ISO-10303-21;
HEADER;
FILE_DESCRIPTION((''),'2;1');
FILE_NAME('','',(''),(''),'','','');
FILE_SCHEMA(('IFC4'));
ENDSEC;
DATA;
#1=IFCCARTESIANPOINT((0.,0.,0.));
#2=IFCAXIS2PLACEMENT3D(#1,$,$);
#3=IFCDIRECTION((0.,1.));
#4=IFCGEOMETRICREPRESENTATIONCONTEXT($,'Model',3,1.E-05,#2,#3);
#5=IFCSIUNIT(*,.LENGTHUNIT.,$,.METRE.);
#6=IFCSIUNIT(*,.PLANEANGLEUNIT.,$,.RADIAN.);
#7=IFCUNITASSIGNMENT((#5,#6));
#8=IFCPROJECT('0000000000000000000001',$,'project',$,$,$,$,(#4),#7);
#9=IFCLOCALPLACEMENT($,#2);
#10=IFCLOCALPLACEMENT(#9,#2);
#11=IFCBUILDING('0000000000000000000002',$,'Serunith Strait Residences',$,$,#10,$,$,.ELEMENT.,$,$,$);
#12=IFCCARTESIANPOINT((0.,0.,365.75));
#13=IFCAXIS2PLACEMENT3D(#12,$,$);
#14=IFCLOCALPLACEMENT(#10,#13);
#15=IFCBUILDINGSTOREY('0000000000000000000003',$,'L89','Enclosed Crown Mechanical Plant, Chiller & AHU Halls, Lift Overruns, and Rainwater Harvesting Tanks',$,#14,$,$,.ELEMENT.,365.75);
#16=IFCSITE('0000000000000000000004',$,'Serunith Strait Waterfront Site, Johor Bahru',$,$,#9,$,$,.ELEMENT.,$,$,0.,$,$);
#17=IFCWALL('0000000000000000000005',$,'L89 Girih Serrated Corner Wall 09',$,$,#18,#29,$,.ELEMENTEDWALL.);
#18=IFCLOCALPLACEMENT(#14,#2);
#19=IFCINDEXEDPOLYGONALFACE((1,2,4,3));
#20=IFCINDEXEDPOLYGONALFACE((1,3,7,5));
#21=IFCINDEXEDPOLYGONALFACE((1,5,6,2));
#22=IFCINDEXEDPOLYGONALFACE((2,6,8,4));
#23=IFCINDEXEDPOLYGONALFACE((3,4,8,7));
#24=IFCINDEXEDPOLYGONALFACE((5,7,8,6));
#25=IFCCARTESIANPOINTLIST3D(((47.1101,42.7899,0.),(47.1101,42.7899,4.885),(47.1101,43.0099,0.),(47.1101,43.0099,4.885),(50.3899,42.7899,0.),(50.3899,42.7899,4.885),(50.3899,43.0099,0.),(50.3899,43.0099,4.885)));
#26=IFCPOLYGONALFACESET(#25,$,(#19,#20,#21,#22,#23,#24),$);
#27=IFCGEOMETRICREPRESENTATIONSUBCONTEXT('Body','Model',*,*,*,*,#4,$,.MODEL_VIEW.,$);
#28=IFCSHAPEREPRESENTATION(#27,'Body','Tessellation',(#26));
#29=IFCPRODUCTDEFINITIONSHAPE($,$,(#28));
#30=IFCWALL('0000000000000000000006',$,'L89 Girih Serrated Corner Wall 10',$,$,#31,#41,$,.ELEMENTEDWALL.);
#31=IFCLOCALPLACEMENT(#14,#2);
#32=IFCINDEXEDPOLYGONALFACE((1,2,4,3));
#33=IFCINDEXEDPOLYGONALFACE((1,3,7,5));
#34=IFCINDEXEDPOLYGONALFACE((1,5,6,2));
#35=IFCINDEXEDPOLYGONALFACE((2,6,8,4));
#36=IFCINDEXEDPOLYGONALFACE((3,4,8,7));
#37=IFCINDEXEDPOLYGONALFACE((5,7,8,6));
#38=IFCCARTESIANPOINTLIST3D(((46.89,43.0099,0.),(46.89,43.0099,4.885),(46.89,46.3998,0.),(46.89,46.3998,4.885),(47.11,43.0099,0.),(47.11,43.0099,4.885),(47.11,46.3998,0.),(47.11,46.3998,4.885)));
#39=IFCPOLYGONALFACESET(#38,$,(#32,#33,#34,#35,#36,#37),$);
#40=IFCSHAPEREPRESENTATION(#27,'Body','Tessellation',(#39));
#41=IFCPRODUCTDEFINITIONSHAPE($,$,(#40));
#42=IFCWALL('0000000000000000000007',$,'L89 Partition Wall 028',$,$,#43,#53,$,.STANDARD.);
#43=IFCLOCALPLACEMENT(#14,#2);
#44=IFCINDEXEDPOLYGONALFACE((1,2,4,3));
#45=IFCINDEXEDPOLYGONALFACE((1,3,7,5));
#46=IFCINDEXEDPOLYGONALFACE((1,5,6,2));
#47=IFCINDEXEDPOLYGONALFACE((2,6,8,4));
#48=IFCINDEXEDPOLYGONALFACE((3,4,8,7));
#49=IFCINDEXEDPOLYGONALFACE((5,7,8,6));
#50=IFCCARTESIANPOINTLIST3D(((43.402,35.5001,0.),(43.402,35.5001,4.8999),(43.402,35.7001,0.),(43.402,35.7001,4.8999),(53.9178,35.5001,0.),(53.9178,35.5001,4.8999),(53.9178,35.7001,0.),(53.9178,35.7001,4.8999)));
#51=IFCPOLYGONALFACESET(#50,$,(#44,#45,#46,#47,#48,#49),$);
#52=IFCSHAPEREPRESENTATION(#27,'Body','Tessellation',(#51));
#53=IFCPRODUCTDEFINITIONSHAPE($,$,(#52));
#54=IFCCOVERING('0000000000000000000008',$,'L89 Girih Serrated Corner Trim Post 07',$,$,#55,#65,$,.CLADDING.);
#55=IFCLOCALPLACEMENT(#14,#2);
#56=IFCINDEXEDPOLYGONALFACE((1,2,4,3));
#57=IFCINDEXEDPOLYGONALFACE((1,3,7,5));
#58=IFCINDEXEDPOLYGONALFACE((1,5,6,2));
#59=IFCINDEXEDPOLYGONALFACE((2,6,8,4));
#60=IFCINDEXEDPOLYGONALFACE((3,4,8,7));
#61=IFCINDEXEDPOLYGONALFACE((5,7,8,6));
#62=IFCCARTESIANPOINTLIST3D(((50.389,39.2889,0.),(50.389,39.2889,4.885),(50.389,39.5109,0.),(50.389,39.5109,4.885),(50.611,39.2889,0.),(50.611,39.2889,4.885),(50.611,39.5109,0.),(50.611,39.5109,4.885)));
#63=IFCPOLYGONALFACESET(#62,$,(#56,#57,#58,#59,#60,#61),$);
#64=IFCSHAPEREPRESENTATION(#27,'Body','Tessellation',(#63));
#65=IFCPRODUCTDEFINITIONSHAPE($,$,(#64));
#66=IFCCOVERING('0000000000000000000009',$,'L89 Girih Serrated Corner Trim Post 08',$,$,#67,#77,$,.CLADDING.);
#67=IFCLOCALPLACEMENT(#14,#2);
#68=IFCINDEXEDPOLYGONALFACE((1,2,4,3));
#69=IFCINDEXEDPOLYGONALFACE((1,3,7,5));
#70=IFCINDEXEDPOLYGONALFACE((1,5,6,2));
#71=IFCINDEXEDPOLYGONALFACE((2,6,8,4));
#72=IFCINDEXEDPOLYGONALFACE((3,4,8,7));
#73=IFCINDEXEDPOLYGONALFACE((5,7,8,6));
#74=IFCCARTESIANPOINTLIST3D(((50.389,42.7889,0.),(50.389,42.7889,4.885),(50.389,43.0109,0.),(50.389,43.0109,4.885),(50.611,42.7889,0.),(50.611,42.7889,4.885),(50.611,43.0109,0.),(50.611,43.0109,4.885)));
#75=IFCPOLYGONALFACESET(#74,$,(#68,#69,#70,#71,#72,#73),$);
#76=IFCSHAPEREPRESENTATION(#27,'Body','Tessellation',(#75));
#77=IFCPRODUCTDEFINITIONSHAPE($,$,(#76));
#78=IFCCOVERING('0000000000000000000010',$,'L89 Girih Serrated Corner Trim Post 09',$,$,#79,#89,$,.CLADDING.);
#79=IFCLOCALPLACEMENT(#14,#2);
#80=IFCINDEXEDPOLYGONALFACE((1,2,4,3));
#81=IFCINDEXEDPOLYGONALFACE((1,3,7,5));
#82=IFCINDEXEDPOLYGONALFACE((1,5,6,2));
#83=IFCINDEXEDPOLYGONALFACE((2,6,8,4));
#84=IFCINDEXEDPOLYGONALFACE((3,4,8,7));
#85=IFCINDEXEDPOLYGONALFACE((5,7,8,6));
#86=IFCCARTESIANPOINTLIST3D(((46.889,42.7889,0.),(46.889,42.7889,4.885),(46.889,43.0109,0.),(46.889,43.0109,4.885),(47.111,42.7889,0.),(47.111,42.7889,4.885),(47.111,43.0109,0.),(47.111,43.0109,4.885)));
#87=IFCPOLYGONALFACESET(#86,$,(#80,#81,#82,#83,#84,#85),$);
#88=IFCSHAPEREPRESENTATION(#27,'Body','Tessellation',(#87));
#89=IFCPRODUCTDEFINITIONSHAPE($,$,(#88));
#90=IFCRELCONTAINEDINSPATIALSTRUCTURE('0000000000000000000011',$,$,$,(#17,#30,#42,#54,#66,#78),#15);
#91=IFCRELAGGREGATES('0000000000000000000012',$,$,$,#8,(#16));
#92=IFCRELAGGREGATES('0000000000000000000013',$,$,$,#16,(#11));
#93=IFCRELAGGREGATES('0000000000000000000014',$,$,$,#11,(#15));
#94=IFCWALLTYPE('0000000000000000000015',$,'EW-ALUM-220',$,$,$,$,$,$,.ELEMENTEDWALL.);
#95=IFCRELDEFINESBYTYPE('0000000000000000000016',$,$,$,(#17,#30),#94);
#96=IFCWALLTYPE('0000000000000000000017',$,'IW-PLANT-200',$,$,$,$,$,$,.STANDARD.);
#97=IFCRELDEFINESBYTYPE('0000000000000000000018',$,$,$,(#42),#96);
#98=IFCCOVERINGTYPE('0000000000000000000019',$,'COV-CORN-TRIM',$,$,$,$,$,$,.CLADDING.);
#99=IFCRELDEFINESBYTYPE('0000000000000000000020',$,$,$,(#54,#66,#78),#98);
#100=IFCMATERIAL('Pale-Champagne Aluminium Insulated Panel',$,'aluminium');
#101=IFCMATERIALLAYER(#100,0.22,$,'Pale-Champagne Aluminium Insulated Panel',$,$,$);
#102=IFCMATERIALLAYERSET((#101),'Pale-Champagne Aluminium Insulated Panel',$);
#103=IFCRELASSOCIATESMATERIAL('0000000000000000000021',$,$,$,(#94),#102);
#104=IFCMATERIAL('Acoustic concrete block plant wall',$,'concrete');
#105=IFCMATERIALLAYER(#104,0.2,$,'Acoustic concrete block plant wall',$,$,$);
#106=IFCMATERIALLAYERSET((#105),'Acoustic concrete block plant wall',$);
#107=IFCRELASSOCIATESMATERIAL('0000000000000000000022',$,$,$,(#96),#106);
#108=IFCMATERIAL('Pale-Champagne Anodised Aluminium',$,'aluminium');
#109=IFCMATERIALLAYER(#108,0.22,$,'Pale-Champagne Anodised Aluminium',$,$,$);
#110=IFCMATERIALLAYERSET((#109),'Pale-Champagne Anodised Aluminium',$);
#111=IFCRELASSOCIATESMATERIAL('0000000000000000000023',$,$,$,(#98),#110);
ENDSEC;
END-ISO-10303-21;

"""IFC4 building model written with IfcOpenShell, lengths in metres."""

from ifc_helpers import new_model, si_unit, direction, frame, frame_2d, origin, origin_2d, place, context, subcontext, project, spatial, rectangle, extrude, source, transform, mapped, material, layer, layer_set, type_object, element, save


model = new_model("IFC4")

# Units and contexts
model_context = context("Model", 3, precision=1e-05, world=origin(), true_north=direction((0.0, 1.0)))
body_context = subcontext(model_context, "Body", "Model", "MODEL_VIEW")
ifc_project = project(units=[si_unit("LENGTHUNIT", "METRE"), si_unit("PLANEANGLEUNIT", "RADIAN")], contexts=[model_context])

# Site, building, storey
site_placement = place(None, origin())
site = spatial("IfcSite", under=ifc_project, at=site_placement, Name="Serunith Strait Waterfront Site, Johor Bahru", CompositionType="ELEMENT", RefElevation=0.0)
building_placement = place(site_placement, origin())
building = spatial("IfcBuilding", under=site, at=building_placement, Name="Serunith Strait Residences", CompositionType="ELEMENT")
storey_placement = place(building_placement, frame((0.0, 0.0, 365.75)))
storey = spatial("IfcBuildingStorey", under=building, at=storey_placement, Name="L89", Description="Enclosed Crown Mechanical Plant, Chiller & AHU Halls, Lift Overruns, and Rainwater Harvesting Tanks", CompositionType="ELEMENT", Elevation=365.75)

# Walls
ifc_material_1 = material(Name="Pale-Champagne Aluminium Insulated Panel", Category="aluminium")
ifc_layer_1 = layer(ifc_material_1, 0.22, Name="Pale-Champagne Aluminium Insulated Panel")
ifc_layer_set_1 = layer_set([ifc_layer_1], Name="Pale-Champagne Aluminium Insulated Panel")
wall_type_1 = type_object("IfcWallType", Name="EW-ALUM-220", PredefinedType="ELEMENTEDWALL", material=ifc_layer_set_1)
wall_1_placement = place(storey_placement, frame((50.3899, 42.8999, 0.0), z_axis=(0.0, 0.0, 1.0), x_axis=(-1.0, 0.0, 0.0)))
element("IfcWall", 1, at=wall_1_placement, inside=storey, type_object=wall_type_1, Name="L89 Girih Serrated Corner Wall 09", PredefinedType="ELEMENTEDWALL", context=body_context, shape_type="SweptSolid", body=[
    extrude(rectangle(XDim=3.2798, YDim=0.22, at=frame_2d((1.6399, 0.0))), origin(), (0.0, 0.0, 1.0), 4.885),
])
wall_2_placement = place(storey_placement, frame((47.0, 43.01, 0.0), z_axis=(0.0, 0.0, 1.0), x_axis=(0.0, 1.0, 0.0)))
element("IfcWall", 2, at=wall_2_placement, inside=storey, type_object=wall_type_1, Name="L89 Girih Serrated Corner Wall 10", PredefinedType="ELEMENTEDWALL", context=body_context, shape_type="SweptSolid", body=[
    extrude(rectangle(XDim=3.3899, YDim=0.22, at=frame_2d((1.6948, 0.0))), origin(), (0.0, 0.0, 1.0), 4.885),
])
ifc_material_2 = material(Name="Acoustic concrete block plant wall", Category="concrete")
ifc_layer_2 = layer(ifc_material_2, 0.2, Name="Acoustic concrete block plant wall")
ifc_layer_set_2 = layer_set([ifc_layer_2], Name="Acoustic concrete block plant wall")
wall_type_2 = type_object("IfcWallType", Name="IW-PLANT-200", PredefinedType="STANDARD", material=ifc_layer_set_2)
wall_3_placement = place(storey_placement, frame((43.4021, 35.6001, 0.0), z_axis=(0.0, 0.0, 1.0), x_axis=(1.0, 0.0, 0.0)))
element("IfcWall", 3, at=wall_3_placement, inside=storey, type_object=wall_type_2, Name="L89 Partition Wall 028", PredefinedType="STANDARD", context=body_context, shape_type="SweptSolid", body=[
    extrude(rectangle(XDim=10.5159, YDim=0.2, at=frame_2d((5.2578, 0.0))), origin(), (0.0, 0.0, 1.0), 4.8999),
])

# Coverings
ifc_material_3 = material(Name="Pale-Champagne Anodised Aluminium", Category="aluminium")
ifc_layer_3 = layer(ifc_material_3, 0.22, Name="Pale-Champagne Anodised Aluminium")
ifc_layer_set_3 = layer_set([ifc_layer_3], Name="Pale-Champagne Anodised Aluminium")
covering_type = type_object("IfcCoveringType", Name="COV-CORN-TRIM", PredefinedType="CLADDING", material=ifc_layer_set_3)
shared_shape_1 = source(origin(), body_context, "Body", "SweptSolid", [
    extrude(rectangle(XDim=0.2219, YDim=0.2219, at=origin_2d()), origin(), (0.0, 0.0, 1.0), 4.885),
])
for number, where, z_axis, x_axis, name in (
    (4, (50.5, 39.3999, 0.0), (0.0, 0.0, 1.0), (1.0, 0.0, 0.0), "L89 Girih Serrated Corner Trim Post 07"),
    (5, (50.5, 42.8999, 0.0), (0.0, 0.0, 1.0), (1.0, 0.0, 0.0), "L89 Girih Serrated Corner Trim Post 08"),
    (6, (47.0, 42.8999, 0.0), (0.0, 0.0, 1.0), (1.0, 0.0, 0.0), "L89 Girih Serrated Corner Trim Post 09"),
):
    element("IfcCovering", number, at=place(storey_placement, frame(where, z_axis=z_axis, x_axis=x_axis)), inside=storey, type_object=covering_type, Name=name, PredefinedType="CLADDING", context=body_context, shape_type="MappedRepresentation", body=[
        mapped(shared_shape_1, transform((0.0, 0.0, 0.0), scale=1.0)),
    ])

save(model, "model.ifc")
